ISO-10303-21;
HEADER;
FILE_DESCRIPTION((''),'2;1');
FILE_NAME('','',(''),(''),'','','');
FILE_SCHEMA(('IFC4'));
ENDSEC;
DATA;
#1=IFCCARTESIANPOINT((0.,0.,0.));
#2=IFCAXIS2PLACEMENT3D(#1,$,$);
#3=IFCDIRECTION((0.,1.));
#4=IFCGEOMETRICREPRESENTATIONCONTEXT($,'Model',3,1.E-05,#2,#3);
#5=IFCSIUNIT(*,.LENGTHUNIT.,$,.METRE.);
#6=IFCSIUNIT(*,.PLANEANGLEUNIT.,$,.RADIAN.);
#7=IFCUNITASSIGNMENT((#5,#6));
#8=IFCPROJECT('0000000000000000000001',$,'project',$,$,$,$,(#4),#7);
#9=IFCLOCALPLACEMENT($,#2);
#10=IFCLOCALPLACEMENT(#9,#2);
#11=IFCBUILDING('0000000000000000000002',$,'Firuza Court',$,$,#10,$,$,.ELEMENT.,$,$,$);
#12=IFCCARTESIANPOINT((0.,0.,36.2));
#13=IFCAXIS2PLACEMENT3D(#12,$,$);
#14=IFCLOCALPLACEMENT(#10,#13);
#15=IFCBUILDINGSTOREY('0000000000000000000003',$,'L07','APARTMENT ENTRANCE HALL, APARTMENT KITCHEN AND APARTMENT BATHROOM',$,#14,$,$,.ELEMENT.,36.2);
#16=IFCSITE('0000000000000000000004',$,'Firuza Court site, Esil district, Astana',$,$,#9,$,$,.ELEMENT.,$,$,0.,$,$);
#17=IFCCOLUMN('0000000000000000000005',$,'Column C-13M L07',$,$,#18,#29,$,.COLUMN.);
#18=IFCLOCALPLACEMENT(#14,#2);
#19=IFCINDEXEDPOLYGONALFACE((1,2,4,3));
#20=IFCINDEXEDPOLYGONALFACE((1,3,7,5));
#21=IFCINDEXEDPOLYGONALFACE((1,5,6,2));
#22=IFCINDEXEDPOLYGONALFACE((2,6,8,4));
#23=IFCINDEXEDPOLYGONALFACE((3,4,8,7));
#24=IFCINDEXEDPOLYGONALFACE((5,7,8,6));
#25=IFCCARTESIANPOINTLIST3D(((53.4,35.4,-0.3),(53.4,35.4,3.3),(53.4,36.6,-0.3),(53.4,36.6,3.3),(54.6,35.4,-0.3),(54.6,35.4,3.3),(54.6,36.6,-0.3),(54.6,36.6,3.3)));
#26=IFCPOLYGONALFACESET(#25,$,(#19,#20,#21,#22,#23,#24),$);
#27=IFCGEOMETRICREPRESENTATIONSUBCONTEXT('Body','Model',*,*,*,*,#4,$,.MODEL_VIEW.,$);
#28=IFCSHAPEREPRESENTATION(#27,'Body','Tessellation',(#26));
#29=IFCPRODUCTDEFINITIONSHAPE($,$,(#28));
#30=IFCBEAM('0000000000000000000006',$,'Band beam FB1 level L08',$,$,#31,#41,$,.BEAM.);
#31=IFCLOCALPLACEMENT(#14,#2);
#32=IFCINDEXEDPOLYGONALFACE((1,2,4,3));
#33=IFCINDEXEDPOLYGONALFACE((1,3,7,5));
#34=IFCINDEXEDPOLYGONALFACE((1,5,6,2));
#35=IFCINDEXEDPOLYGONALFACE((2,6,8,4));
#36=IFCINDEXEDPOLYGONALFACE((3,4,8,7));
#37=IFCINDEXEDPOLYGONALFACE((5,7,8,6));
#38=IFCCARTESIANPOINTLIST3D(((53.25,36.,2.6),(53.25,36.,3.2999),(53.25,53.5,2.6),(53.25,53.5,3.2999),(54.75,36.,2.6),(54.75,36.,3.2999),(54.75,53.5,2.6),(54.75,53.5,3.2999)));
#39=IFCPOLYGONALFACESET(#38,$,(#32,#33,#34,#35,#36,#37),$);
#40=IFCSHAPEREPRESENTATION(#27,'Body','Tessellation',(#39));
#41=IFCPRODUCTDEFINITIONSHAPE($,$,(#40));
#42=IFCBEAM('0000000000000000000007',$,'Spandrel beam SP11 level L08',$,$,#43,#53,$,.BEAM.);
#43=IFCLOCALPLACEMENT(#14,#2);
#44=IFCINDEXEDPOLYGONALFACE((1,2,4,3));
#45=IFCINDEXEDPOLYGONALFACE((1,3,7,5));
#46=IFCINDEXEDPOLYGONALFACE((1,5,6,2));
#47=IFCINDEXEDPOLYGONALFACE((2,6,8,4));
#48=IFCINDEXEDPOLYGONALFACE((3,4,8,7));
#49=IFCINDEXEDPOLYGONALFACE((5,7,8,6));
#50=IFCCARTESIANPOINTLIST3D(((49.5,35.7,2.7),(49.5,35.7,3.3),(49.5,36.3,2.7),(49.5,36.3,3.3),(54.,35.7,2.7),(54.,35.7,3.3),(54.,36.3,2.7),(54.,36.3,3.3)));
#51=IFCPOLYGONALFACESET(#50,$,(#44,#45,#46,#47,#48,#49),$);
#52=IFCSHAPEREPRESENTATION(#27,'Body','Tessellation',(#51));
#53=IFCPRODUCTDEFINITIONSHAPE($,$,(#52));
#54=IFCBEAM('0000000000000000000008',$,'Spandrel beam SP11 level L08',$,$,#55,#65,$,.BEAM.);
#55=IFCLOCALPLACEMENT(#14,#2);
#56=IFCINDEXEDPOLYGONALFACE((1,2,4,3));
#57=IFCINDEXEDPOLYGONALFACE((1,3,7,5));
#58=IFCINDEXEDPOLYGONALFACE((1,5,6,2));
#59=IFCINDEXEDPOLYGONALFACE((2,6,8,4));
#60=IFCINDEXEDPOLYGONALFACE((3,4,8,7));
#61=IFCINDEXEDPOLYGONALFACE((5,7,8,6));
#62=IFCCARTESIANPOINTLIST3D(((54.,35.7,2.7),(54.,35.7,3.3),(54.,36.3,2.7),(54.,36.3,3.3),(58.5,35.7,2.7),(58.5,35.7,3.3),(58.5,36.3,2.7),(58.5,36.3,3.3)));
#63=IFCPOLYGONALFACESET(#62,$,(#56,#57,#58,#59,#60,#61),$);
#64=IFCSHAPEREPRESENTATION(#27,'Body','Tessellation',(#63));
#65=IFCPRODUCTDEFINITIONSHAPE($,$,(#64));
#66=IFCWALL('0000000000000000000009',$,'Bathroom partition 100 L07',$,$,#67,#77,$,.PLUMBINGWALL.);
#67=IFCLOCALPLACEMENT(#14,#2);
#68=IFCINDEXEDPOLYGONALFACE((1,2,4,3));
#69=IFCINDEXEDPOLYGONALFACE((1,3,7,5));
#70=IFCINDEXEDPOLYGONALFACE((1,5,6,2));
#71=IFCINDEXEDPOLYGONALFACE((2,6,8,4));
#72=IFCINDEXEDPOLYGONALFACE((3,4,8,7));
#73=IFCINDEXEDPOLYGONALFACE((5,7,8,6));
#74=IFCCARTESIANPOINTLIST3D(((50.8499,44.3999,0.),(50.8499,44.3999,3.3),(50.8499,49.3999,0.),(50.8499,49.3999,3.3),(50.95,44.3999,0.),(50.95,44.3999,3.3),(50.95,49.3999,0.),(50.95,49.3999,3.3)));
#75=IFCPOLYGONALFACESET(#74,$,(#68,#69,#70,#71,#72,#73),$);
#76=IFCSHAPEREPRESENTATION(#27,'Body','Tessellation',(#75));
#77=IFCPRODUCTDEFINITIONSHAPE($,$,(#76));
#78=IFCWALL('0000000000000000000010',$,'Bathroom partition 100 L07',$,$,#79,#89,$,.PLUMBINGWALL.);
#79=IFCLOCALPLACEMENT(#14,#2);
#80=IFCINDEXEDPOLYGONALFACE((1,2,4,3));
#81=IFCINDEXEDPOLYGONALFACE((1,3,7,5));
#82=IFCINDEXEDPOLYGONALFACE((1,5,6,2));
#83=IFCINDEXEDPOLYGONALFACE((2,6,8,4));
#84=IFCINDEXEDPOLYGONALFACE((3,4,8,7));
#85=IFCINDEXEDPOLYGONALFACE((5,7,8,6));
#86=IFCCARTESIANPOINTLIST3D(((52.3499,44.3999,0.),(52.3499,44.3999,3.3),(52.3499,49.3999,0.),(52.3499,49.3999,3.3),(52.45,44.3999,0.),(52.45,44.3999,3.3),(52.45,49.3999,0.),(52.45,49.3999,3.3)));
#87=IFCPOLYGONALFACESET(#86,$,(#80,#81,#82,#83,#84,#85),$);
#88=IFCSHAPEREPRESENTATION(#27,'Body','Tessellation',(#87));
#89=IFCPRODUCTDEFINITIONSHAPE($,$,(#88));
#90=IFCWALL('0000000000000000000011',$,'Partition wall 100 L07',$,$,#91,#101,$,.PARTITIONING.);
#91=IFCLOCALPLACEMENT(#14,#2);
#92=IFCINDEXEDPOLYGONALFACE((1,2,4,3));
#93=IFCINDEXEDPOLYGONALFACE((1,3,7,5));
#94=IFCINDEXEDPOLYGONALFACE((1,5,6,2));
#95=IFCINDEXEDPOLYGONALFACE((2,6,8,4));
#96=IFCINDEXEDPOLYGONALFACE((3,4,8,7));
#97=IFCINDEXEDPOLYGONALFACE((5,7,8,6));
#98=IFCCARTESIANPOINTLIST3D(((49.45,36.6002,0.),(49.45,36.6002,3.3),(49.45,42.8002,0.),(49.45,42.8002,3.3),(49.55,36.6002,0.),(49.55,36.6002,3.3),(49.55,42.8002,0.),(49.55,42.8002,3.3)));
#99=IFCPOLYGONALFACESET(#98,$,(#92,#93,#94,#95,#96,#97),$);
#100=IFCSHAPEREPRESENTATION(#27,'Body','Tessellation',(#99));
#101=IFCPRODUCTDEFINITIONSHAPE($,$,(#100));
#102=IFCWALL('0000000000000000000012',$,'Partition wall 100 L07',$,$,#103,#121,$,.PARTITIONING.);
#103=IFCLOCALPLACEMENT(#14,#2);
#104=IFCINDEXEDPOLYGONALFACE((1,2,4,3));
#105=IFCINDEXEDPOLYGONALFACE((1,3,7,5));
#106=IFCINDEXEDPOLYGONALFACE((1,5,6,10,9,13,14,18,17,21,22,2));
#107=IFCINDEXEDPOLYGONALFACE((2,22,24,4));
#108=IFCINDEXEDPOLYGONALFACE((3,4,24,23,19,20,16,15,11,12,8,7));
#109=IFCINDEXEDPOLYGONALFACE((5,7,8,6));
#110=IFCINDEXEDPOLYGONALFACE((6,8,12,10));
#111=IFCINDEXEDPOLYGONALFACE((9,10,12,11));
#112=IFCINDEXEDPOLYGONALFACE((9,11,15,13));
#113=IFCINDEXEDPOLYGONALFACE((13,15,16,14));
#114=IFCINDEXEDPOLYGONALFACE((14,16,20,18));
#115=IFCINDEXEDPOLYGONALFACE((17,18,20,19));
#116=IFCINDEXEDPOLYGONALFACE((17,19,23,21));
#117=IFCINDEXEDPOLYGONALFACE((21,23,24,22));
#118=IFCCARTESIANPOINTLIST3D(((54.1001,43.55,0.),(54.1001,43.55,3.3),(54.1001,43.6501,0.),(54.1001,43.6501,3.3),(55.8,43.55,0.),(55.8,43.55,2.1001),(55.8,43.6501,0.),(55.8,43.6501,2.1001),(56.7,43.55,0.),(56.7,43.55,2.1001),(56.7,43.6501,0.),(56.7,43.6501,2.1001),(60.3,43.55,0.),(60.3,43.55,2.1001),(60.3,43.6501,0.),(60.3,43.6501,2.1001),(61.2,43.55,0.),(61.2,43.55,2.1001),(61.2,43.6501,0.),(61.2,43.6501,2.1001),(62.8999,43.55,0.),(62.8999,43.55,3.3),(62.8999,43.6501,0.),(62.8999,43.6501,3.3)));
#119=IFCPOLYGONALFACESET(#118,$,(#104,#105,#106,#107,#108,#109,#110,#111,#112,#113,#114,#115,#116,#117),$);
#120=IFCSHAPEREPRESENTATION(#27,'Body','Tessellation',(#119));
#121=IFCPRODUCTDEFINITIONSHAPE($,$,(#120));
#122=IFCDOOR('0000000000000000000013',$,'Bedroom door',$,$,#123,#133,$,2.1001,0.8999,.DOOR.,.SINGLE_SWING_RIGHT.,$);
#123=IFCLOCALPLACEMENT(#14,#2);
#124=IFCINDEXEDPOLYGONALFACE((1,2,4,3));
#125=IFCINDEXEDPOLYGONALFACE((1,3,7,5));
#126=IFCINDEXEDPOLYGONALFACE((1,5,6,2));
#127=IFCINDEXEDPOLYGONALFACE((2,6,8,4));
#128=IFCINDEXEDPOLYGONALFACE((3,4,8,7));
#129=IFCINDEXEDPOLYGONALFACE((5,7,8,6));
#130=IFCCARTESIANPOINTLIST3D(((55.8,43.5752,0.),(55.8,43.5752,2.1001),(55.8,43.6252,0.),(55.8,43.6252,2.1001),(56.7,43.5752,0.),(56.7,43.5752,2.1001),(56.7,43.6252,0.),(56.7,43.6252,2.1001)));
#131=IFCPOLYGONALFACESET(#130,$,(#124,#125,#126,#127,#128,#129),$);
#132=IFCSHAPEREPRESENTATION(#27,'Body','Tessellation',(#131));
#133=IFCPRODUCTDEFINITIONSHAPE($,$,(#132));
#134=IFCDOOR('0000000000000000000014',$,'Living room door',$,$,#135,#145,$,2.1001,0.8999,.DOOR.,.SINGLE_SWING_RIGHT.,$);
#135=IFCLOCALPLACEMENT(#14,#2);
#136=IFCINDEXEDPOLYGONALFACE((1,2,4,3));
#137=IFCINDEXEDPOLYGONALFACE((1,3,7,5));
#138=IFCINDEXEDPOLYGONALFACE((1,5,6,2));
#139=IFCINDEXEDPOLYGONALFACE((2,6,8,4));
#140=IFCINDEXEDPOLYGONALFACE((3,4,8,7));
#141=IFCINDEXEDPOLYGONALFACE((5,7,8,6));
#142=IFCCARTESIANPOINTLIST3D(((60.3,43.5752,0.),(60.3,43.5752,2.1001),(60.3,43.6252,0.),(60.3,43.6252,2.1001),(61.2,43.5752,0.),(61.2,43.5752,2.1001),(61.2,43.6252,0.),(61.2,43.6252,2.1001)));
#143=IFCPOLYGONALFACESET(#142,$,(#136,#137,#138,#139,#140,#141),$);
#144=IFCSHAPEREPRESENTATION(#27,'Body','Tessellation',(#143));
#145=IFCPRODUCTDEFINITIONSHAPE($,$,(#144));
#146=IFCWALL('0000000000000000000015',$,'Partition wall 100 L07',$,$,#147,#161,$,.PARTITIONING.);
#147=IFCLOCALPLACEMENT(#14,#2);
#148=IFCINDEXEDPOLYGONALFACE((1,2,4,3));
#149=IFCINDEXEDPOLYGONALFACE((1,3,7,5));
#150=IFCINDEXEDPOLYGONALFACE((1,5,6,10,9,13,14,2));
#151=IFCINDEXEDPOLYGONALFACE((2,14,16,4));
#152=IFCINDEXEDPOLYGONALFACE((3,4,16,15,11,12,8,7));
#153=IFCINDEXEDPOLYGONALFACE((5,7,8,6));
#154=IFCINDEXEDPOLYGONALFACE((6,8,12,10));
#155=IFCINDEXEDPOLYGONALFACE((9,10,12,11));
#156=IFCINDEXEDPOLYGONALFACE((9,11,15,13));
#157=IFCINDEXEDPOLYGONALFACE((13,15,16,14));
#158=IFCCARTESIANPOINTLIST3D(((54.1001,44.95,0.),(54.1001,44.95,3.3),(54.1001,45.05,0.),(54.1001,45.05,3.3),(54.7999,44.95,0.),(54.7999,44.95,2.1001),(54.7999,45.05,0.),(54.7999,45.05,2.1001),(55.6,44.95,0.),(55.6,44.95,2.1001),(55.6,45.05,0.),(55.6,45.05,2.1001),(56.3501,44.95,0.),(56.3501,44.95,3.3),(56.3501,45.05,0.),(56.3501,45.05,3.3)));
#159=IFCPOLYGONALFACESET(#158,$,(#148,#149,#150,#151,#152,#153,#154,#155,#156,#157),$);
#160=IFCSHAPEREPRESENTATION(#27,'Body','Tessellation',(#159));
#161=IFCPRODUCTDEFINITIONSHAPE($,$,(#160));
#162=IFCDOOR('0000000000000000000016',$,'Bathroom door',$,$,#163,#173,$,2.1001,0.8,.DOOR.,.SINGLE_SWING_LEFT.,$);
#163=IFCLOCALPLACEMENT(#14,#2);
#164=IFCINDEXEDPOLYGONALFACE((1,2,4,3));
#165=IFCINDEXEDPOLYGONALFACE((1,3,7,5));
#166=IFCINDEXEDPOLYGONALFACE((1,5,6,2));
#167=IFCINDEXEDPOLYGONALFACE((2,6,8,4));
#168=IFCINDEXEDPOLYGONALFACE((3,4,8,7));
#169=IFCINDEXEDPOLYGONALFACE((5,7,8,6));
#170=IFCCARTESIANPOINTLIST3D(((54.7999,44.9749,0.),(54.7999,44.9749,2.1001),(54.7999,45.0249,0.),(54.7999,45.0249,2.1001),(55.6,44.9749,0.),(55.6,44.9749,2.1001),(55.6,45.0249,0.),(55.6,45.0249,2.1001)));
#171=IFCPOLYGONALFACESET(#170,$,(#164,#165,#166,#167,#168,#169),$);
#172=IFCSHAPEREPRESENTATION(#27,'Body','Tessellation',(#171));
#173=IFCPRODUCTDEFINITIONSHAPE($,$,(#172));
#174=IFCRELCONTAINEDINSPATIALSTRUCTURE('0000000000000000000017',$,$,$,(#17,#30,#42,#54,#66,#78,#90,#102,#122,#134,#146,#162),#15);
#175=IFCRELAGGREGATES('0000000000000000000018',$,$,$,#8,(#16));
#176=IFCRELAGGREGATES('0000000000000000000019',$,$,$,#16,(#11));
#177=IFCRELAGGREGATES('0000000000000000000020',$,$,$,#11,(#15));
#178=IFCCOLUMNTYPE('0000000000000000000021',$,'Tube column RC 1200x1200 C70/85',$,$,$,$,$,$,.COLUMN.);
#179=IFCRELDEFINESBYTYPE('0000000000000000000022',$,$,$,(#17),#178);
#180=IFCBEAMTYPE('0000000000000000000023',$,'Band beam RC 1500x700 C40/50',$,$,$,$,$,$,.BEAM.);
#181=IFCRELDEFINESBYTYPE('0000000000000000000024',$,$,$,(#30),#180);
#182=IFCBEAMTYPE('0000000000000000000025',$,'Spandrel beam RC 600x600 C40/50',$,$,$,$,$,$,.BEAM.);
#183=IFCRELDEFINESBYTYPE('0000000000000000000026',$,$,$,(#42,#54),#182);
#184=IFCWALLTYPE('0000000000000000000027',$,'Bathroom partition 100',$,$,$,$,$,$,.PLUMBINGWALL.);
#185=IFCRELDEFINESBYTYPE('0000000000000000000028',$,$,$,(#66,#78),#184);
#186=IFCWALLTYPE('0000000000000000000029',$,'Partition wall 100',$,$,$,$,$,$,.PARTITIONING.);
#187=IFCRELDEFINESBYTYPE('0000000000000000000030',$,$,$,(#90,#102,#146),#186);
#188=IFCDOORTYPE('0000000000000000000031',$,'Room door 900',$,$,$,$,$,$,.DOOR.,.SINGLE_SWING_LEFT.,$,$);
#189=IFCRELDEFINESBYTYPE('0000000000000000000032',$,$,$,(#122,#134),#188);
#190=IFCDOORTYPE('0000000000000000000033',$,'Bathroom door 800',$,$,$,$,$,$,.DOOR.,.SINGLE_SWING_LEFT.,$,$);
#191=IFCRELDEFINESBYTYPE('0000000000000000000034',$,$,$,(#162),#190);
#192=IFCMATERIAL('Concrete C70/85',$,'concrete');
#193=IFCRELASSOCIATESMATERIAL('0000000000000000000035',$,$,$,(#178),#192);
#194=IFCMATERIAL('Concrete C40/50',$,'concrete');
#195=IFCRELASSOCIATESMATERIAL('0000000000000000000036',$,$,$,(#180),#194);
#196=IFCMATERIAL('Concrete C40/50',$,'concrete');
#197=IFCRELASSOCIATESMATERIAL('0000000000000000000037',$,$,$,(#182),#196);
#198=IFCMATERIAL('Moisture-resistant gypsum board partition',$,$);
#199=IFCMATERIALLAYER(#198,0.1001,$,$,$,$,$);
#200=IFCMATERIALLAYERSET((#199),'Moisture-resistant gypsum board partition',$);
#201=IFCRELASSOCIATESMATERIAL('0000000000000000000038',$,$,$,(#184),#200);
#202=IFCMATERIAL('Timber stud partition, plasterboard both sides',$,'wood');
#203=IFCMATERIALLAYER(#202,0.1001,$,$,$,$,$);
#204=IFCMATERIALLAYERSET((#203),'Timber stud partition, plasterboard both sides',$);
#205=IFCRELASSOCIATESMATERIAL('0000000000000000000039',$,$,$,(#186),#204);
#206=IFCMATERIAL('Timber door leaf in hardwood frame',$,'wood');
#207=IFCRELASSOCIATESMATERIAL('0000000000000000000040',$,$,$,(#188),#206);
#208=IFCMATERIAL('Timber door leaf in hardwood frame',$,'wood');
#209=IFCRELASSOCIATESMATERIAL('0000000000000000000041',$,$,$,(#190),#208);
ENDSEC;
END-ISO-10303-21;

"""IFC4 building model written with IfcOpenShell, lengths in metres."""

from ifc_helpers import new_model, si_unit, direction, frame, frame_2d, origin, origin_2d, place, context, subcontext, project, spatial, rectangle, extrude, material, layer, layer_set, material_profile, profile_set, type_object, element, fill, save


model = new_model("IFC4")

# Units and contexts
model_context = context("Model", 3, precision=1e-05, world=origin(), true_north=direction((0.0, 1.0)))
body_context = subcontext(model_context, "Body", "Model", "MODEL_VIEW")
ifc_project = project(units=[si_unit("LENGTHUNIT", "METRE"), si_unit("PLANEANGLEUNIT", "RADIAN")], contexts=[model_context])

# Site, building, storey
site_placement = place(None, origin())
site = spatial("IfcSite", under=ifc_project, at=site_placement, Name="Firuza Court site, Esil district, Astana", CompositionType="ELEMENT", RefElevation=0.0)
building_placement = place(site_placement, origin())
building = spatial("IfcBuilding", under=site, at=building_placement, Name="Firuza Court", CompositionType="ELEMENT")
storey_placement = place(building_placement, frame((0.0, 0.0, 36.2)))
storey = spatial("IfcBuildingStorey", under=building, at=storey_placement, Name="L07", Description="APARTMENT ENTRANCE HALL, APARTMENT KITCHEN AND APARTMENT BATHROOM", CompositionType="ELEMENT", Elevation=36.2)

# Column
ifc_material_1 = material(Name="Concrete C70/85", Category="concrete")
ifc_material_profile_1 = material_profile(ifc_material_1, rectangle(XDim=1.2, YDim=1.2, at=origin_2d()), Name="RC 1200x1200")
ifc_profile_set_1 = profile_set([ifc_material_profile_1], Name="Concrete C70/85")
column_type = type_object("IfcColumnType", Name="Tube column RC 1200x1200 C70/85", PredefinedType="COLUMN", material=ifc_profile_set_1)
column_placement = place(storey_placement, frame((54.0, 36.0, -0.3), z_axis=(0.0, 0.0, 1.0), x_axis=(1.0, 0.0, 0.0)))
element("IfcColumn", 1, at=column_placement, inside=storey, type_object=column_type, Name="Column C-13M L07", PredefinedType="COLUMN", context=body_context, shape_type="SweptSolid", body=[
    extrude(rectangle(XDim=1.2, YDim=1.2, at=origin_2d()), origin(), (0.0, 0.0, 1.0), 3.6001),
])

# Beams
ifc_material_2 = material(Name="Concrete C40/50", Category="concrete")
ifc_material_profile_2 = material_profile(ifc_material_2, rectangle(XDim=1.5, YDim=0.7, at=origin_2d()), Name="RC 1500x700")
ifc_profile_set_2 = profile_set([ifc_material_profile_2], Name="Concrete C40/50")
beam_type_1 = type_object("IfcBeamType", Name="Band beam RC 1500x700 C40/50", PredefinedType="BEAM", material=ifc_profile_set_2)
beam_placement = place(storey_placement, frame((54.0, 36.0, 2.95), z_axis=(0.0, 1.0, 0.0), x_axis=(-1.0, 0.0, 0.0)))
element("IfcBeam", 2, at=beam_placement, inside=storey, type_object=beam_type_1, Name="Band beam FB1 level L08", PredefinedType="BEAM", context=body_context, shape_type="SweptSolid", body=[
    extrude(rectangle(XDim=1.5, YDim=0.7, at=origin_2d()), origin(), (0.0, 0.0, 1.0), 17.5),
])
ifc_material_3 = material(Name="Concrete C40/50", Category="concrete")
ifc_material_profile_3 = material_profile(ifc_material_3, rectangle(XDim=0.6001, YDim=0.6001, at=origin_2d()), Name="RC 600x600")
ifc_profile_set_3 = profile_set([ifc_material_profile_3], Name="Concrete C40/50")
beam_type_2 = type_object("IfcBeamType", Name="Spandrel beam RC 600x600 C40/50", PredefinedType="BEAM", material=ifc_profile_set_3)
for number, where, z_axis, x_axis, name in (
    (3, (49.5, 36.0, 3.0), (1.0, 0.0, 0.0), (0.0, 1.0, 0.0), "Spandrel beam SP11 level L08"),
    (4, (54.0, 36.0, 3.0), (1.0, 0.0, 0.0), (0.0, 1.0, 0.0), "Spandrel beam SP11 level L08"),
):
    element("IfcBeam", number, at=place(storey_placement, frame(where, z_axis=z_axis, x_axis=x_axis)), inside=storey, type_object=beam_type_2, Name=name, PredefinedType="BEAM", context=body_context, shape_type="SweptSolid", body=[
        extrude(rectangle(XDim=0.6001, YDim=0.6001, at=origin_2d()), origin(), (0.0, 0.0, 1.0), 4.5),
    ])

# Walls
ifc_material_4 = material(Name="Moisture-resistant gypsum board partition")
ifc_layer_1 = layer(ifc_material_4, 0.1001)
ifc_layer_set_1 = layer_set([ifc_layer_1], Name="Moisture-resistant gypsum board partition")
wall_type_1 = type_object("IfcWallType", Name="Bathroom partition 100", PredefinedType="PLUMBINGWALL", material=ifc_layer_set_1)
for number, where, z_axis, x_axis, name in (
    (5, (50.8999, 44.3999, 0.0), (0.0, 0.0, 1.0), (0.0, 1.0, 0.0), "Bathroom partition 100 L07"),
    (6, (52.3999, 44.3999, 0.0), (0.0, 0.0, 1.0), (0.0, 1.0, 0.0), "Bathroom partition 100 L07"),
):
    element("IfcWall", number, at=place(storey_placement, frame(where, z_axis=z_axis, x_axis=x_axis)), inside=storey, type_object=wall_type_1, Name=name, PredefinedType="PLUMBINGWALL", context=body_context, shape_type="SweptSolid", body=[
        extrude(rectangle(XDim=5.0, YDim=0.1001, at=frame_2d((2.5, 0.0))), origin(), (0.0, 0.0, 1.0), 3.3),
    ])
ifc_material_5 = material(Name="Timber stud partition, plasterboard both sides", Category="wood")
ifc_layer_2 = layer(ifc_material_5, 0.1001)
ifc_layer_set_2 = layer_set([ifc_layer_2], Name="Timber stud partition, plasterboard both sides")
wall_type_2 = type_object("IfcWallType", Name="Partition wall 100", PredefinedType="PARTITIONING", material=ifc_layer_set_2)
wall_1_placement = place(storey_placement, frame((49.5, 36.6001, 0.0), z_axis=(0.0, 0.0, 1.0), x_axis=(0.0, 1.0, 0.0)))
element("IfcWall", 7, at=wall_1_placement, inside=storey, type_object=wall_type_2, Name="Partition wall 100 L07", PredefinedType="PARTITIONING", context=body_context, shape_type="SweptSolid", body=[
    extrude(rectangle(XDim=6.2, YDim=0.1001, at=frame_2d((3.1001, 0.0))), origin(), (0.0, 0.0, 1.0), 3.3),
])

# Wall, openings, doors
wall_2_placement = place(storey_placement, frame((54.1001, 43.6001, 0.0), z_axis=(0.0, 0.0, 1.0), x_axis=(1.0, 0.0, 0.0)))
wall_2 = element("IfcWall", 8, at=wall_2_placement, inside=storey, type_object=wall_type_2, Name="Partition wall 100 L07", PredefinedType="PARTITIONING", context=body_context, shape_type="SweptSolid", body=[
    extrude(rectangle(XDim=8.7998, YDim=0.1001, at=frame_2d((4.3999, 0.0))), origin(), (0.0, 0.0, 1.0), 3.3),
])
opening_1_placement = place(wall_2_placement, frame((1.7, 0.0, 0.0)))
opening_1 = element("IfcOpeningElement", 9, at=opening_1_placement, cuts=wall_2, PredefinedType="OPENING", context=body_context, shape_type="SweptSolid", body=[
    extrude(rectangle(XDim=0.8999, YDim=2.1001, at=frame_2d((0.45, 1.05))), frame((0.0, 0.062, 0.0), z_axis=(0.0, -1.0, 0.0), x_axis=(1.0, 0.0, 0.0)), (0.0, 0.0, 1.0), 0.124),
])
opening_2_placement = place(wall_2_placement, frame((6.2, 0.0, 0.0)))
opening_2 = element("IfcOpeningElement", 10, at=opening_2_placement, cuts=wall_2, PredefinedType="OPENING", context=body_context, shape_type="SweptSolid", body=[
    extrude(rectangle(XDim=0.8999, YDim=2.1001, at=frame_2d((0.45, 1.05))), frame((0.0, 0.062, 0.0), z_axis=(0.0, -1.0, 0.0), x_axis=(1.0, 0.0, 0.0)), (0.0, 0.0, 1.0), 0.124),
])
ifc_material_6 = material(Name="Timber door leaf in hardwood frame", Category="wood")
door_type_1 = type_object("IfcDoorType", Name="Room door 900", OperationType="SINGLE_SWING_LEFT", PredefinedType="DOOR", material=ifc_material_6)
door_1_placement = place(opening_1_placement, frame((0.8999, 0.0, 0.0), z_axis=(0.0, 0.0, 1.0), x_axis=(-1.0, 0.0, 0.0)))
door_1 = element("IfcDoor", 11, at=door_1_placement, inside=storey, type_object=door_type_1, Name="Bedroom door", OperationType="SINGLE_SWING_RIGHT", OverallHeight=2.1001, OverallWidth=0.8999, PredefinedType="DOOR", context=body_context, shape_type="SweptSolid", body=[
    extrude(rectangle(XDim=0.8999, YDim=2.1001, at=frame_2d((0.45, 1.05))), frame((0.0, 0.0249, 0.0), z_axis=(0.0, -1.0, 0.0), x_axis=(1.0, 0.0, 0.0)), (0.0, 0.0, 1.0), 0.05),
])
fill(opening_1, door_1)
door_2_placement = place(opening_2_placement, frame((0.8999, 0.0, 0.0), z_axis=(0.0, 0.0, 1.0), x_axis=(-1.0, 0.0, 0.0)))
door_2 = element("IfcDoor", 12, at=door_2_placement, inside=storey, type_object=door_type_1, Name="Living room door", OperationType="SINGLE_SWING_RIGHT", OverallHeight=2.1001, OverallWidth=0.8999, PredefinedType="DOOR", context=body_context, shape_type="SweptSolid", body=[
    extrude(rectangle(XDim=0.8999, YDim=2.1001, at=frame_2d((0.45, 1.05))), frame((0.0, 0.0249, 0.0), z_axis=(0.0, -1.0, 0.0), x_axis=(1.0, 0.0, 0.0)), (0.0, 0.0, 1.0), 0.05),
])
fill(opening_2, door_2)

# Wall, opening, door
wall_3_placement = place(storey_placement, frame((54.1001, 45.0, 0.0), z_axis=(0.0, 0.0, 1.0), x_axis=(1.0, 0.0, 0.0)))
wall_3 = element("IfcWall", 13, at=wall_3_placement, inside=storey, type_object=wall_type_2, Name="Partition wall 100 L07", PredefinedType="PARTITIONING", context=body_context, shape_type="SweptSolid", body=[
    extrude(rectangle(XDim=2.25, YDim=0.1001, at=frame_2d((1.125, 0.0))), origin(), (0.0, 0.0, 1.0), 3.3),
])
opening_3_placement = place(wall_3_placement, frame((0.7, 0.0, 0.0)))
opening_3 = element("IfcOpeningElement", 14, at=opening_3_placement, cuts=wall_3, PredefinedType="OPENING", context=body_context, shape_type="SweptSolid", body=[
    extrude(rectangle(XDim=0.8, YDim=2.1001, at=frame_2d((0.3999, 1.05))), frame((0.0, 0.062, 0.0), z_axis=(0.0, -1.0, 0.0), x_axis=(1.0, 0.0, 0.0)), (0.0, 0.0, 1.0), 0.124),
])
ifc_material_7 = material(Name="Timber door leaf in hardwood frame", Category="wood")
door_type_2 = type_object("IfcDoorType", Name="Bathroom door 800", OperationType="SINGLE_SWING_LEFT", PredefinedType="DOOR", material=ifc_material_7)
door_3_placement = place(opening_3_placement, origin())
door_3 = element("IfcDoor", 15, at=door_3_placement, inside=storey, type_object=door_type_2, Name="Bathroom door", OperationType="SINGLE_SWING_LEFT", OverallHeight=2.1001, OverallWidth=0.8, PredefinedType="DOOR", context=body_context, shape_type="SweptSolid", body=[
    extrude(rectangle(XDim=0.8, YDim=2.1001, at=frame_2d((0.3999, 1.05))), frame((0.0, 0.0249, 0.0), z_axis=(0.0, -1.0, 0.0), x_axis=(1.0, 0.0, 0.0)), (0.0, 0.0, 1.0), 0.05),
])
fill(opening_3, door_3)

save(model, "model.ifc")
